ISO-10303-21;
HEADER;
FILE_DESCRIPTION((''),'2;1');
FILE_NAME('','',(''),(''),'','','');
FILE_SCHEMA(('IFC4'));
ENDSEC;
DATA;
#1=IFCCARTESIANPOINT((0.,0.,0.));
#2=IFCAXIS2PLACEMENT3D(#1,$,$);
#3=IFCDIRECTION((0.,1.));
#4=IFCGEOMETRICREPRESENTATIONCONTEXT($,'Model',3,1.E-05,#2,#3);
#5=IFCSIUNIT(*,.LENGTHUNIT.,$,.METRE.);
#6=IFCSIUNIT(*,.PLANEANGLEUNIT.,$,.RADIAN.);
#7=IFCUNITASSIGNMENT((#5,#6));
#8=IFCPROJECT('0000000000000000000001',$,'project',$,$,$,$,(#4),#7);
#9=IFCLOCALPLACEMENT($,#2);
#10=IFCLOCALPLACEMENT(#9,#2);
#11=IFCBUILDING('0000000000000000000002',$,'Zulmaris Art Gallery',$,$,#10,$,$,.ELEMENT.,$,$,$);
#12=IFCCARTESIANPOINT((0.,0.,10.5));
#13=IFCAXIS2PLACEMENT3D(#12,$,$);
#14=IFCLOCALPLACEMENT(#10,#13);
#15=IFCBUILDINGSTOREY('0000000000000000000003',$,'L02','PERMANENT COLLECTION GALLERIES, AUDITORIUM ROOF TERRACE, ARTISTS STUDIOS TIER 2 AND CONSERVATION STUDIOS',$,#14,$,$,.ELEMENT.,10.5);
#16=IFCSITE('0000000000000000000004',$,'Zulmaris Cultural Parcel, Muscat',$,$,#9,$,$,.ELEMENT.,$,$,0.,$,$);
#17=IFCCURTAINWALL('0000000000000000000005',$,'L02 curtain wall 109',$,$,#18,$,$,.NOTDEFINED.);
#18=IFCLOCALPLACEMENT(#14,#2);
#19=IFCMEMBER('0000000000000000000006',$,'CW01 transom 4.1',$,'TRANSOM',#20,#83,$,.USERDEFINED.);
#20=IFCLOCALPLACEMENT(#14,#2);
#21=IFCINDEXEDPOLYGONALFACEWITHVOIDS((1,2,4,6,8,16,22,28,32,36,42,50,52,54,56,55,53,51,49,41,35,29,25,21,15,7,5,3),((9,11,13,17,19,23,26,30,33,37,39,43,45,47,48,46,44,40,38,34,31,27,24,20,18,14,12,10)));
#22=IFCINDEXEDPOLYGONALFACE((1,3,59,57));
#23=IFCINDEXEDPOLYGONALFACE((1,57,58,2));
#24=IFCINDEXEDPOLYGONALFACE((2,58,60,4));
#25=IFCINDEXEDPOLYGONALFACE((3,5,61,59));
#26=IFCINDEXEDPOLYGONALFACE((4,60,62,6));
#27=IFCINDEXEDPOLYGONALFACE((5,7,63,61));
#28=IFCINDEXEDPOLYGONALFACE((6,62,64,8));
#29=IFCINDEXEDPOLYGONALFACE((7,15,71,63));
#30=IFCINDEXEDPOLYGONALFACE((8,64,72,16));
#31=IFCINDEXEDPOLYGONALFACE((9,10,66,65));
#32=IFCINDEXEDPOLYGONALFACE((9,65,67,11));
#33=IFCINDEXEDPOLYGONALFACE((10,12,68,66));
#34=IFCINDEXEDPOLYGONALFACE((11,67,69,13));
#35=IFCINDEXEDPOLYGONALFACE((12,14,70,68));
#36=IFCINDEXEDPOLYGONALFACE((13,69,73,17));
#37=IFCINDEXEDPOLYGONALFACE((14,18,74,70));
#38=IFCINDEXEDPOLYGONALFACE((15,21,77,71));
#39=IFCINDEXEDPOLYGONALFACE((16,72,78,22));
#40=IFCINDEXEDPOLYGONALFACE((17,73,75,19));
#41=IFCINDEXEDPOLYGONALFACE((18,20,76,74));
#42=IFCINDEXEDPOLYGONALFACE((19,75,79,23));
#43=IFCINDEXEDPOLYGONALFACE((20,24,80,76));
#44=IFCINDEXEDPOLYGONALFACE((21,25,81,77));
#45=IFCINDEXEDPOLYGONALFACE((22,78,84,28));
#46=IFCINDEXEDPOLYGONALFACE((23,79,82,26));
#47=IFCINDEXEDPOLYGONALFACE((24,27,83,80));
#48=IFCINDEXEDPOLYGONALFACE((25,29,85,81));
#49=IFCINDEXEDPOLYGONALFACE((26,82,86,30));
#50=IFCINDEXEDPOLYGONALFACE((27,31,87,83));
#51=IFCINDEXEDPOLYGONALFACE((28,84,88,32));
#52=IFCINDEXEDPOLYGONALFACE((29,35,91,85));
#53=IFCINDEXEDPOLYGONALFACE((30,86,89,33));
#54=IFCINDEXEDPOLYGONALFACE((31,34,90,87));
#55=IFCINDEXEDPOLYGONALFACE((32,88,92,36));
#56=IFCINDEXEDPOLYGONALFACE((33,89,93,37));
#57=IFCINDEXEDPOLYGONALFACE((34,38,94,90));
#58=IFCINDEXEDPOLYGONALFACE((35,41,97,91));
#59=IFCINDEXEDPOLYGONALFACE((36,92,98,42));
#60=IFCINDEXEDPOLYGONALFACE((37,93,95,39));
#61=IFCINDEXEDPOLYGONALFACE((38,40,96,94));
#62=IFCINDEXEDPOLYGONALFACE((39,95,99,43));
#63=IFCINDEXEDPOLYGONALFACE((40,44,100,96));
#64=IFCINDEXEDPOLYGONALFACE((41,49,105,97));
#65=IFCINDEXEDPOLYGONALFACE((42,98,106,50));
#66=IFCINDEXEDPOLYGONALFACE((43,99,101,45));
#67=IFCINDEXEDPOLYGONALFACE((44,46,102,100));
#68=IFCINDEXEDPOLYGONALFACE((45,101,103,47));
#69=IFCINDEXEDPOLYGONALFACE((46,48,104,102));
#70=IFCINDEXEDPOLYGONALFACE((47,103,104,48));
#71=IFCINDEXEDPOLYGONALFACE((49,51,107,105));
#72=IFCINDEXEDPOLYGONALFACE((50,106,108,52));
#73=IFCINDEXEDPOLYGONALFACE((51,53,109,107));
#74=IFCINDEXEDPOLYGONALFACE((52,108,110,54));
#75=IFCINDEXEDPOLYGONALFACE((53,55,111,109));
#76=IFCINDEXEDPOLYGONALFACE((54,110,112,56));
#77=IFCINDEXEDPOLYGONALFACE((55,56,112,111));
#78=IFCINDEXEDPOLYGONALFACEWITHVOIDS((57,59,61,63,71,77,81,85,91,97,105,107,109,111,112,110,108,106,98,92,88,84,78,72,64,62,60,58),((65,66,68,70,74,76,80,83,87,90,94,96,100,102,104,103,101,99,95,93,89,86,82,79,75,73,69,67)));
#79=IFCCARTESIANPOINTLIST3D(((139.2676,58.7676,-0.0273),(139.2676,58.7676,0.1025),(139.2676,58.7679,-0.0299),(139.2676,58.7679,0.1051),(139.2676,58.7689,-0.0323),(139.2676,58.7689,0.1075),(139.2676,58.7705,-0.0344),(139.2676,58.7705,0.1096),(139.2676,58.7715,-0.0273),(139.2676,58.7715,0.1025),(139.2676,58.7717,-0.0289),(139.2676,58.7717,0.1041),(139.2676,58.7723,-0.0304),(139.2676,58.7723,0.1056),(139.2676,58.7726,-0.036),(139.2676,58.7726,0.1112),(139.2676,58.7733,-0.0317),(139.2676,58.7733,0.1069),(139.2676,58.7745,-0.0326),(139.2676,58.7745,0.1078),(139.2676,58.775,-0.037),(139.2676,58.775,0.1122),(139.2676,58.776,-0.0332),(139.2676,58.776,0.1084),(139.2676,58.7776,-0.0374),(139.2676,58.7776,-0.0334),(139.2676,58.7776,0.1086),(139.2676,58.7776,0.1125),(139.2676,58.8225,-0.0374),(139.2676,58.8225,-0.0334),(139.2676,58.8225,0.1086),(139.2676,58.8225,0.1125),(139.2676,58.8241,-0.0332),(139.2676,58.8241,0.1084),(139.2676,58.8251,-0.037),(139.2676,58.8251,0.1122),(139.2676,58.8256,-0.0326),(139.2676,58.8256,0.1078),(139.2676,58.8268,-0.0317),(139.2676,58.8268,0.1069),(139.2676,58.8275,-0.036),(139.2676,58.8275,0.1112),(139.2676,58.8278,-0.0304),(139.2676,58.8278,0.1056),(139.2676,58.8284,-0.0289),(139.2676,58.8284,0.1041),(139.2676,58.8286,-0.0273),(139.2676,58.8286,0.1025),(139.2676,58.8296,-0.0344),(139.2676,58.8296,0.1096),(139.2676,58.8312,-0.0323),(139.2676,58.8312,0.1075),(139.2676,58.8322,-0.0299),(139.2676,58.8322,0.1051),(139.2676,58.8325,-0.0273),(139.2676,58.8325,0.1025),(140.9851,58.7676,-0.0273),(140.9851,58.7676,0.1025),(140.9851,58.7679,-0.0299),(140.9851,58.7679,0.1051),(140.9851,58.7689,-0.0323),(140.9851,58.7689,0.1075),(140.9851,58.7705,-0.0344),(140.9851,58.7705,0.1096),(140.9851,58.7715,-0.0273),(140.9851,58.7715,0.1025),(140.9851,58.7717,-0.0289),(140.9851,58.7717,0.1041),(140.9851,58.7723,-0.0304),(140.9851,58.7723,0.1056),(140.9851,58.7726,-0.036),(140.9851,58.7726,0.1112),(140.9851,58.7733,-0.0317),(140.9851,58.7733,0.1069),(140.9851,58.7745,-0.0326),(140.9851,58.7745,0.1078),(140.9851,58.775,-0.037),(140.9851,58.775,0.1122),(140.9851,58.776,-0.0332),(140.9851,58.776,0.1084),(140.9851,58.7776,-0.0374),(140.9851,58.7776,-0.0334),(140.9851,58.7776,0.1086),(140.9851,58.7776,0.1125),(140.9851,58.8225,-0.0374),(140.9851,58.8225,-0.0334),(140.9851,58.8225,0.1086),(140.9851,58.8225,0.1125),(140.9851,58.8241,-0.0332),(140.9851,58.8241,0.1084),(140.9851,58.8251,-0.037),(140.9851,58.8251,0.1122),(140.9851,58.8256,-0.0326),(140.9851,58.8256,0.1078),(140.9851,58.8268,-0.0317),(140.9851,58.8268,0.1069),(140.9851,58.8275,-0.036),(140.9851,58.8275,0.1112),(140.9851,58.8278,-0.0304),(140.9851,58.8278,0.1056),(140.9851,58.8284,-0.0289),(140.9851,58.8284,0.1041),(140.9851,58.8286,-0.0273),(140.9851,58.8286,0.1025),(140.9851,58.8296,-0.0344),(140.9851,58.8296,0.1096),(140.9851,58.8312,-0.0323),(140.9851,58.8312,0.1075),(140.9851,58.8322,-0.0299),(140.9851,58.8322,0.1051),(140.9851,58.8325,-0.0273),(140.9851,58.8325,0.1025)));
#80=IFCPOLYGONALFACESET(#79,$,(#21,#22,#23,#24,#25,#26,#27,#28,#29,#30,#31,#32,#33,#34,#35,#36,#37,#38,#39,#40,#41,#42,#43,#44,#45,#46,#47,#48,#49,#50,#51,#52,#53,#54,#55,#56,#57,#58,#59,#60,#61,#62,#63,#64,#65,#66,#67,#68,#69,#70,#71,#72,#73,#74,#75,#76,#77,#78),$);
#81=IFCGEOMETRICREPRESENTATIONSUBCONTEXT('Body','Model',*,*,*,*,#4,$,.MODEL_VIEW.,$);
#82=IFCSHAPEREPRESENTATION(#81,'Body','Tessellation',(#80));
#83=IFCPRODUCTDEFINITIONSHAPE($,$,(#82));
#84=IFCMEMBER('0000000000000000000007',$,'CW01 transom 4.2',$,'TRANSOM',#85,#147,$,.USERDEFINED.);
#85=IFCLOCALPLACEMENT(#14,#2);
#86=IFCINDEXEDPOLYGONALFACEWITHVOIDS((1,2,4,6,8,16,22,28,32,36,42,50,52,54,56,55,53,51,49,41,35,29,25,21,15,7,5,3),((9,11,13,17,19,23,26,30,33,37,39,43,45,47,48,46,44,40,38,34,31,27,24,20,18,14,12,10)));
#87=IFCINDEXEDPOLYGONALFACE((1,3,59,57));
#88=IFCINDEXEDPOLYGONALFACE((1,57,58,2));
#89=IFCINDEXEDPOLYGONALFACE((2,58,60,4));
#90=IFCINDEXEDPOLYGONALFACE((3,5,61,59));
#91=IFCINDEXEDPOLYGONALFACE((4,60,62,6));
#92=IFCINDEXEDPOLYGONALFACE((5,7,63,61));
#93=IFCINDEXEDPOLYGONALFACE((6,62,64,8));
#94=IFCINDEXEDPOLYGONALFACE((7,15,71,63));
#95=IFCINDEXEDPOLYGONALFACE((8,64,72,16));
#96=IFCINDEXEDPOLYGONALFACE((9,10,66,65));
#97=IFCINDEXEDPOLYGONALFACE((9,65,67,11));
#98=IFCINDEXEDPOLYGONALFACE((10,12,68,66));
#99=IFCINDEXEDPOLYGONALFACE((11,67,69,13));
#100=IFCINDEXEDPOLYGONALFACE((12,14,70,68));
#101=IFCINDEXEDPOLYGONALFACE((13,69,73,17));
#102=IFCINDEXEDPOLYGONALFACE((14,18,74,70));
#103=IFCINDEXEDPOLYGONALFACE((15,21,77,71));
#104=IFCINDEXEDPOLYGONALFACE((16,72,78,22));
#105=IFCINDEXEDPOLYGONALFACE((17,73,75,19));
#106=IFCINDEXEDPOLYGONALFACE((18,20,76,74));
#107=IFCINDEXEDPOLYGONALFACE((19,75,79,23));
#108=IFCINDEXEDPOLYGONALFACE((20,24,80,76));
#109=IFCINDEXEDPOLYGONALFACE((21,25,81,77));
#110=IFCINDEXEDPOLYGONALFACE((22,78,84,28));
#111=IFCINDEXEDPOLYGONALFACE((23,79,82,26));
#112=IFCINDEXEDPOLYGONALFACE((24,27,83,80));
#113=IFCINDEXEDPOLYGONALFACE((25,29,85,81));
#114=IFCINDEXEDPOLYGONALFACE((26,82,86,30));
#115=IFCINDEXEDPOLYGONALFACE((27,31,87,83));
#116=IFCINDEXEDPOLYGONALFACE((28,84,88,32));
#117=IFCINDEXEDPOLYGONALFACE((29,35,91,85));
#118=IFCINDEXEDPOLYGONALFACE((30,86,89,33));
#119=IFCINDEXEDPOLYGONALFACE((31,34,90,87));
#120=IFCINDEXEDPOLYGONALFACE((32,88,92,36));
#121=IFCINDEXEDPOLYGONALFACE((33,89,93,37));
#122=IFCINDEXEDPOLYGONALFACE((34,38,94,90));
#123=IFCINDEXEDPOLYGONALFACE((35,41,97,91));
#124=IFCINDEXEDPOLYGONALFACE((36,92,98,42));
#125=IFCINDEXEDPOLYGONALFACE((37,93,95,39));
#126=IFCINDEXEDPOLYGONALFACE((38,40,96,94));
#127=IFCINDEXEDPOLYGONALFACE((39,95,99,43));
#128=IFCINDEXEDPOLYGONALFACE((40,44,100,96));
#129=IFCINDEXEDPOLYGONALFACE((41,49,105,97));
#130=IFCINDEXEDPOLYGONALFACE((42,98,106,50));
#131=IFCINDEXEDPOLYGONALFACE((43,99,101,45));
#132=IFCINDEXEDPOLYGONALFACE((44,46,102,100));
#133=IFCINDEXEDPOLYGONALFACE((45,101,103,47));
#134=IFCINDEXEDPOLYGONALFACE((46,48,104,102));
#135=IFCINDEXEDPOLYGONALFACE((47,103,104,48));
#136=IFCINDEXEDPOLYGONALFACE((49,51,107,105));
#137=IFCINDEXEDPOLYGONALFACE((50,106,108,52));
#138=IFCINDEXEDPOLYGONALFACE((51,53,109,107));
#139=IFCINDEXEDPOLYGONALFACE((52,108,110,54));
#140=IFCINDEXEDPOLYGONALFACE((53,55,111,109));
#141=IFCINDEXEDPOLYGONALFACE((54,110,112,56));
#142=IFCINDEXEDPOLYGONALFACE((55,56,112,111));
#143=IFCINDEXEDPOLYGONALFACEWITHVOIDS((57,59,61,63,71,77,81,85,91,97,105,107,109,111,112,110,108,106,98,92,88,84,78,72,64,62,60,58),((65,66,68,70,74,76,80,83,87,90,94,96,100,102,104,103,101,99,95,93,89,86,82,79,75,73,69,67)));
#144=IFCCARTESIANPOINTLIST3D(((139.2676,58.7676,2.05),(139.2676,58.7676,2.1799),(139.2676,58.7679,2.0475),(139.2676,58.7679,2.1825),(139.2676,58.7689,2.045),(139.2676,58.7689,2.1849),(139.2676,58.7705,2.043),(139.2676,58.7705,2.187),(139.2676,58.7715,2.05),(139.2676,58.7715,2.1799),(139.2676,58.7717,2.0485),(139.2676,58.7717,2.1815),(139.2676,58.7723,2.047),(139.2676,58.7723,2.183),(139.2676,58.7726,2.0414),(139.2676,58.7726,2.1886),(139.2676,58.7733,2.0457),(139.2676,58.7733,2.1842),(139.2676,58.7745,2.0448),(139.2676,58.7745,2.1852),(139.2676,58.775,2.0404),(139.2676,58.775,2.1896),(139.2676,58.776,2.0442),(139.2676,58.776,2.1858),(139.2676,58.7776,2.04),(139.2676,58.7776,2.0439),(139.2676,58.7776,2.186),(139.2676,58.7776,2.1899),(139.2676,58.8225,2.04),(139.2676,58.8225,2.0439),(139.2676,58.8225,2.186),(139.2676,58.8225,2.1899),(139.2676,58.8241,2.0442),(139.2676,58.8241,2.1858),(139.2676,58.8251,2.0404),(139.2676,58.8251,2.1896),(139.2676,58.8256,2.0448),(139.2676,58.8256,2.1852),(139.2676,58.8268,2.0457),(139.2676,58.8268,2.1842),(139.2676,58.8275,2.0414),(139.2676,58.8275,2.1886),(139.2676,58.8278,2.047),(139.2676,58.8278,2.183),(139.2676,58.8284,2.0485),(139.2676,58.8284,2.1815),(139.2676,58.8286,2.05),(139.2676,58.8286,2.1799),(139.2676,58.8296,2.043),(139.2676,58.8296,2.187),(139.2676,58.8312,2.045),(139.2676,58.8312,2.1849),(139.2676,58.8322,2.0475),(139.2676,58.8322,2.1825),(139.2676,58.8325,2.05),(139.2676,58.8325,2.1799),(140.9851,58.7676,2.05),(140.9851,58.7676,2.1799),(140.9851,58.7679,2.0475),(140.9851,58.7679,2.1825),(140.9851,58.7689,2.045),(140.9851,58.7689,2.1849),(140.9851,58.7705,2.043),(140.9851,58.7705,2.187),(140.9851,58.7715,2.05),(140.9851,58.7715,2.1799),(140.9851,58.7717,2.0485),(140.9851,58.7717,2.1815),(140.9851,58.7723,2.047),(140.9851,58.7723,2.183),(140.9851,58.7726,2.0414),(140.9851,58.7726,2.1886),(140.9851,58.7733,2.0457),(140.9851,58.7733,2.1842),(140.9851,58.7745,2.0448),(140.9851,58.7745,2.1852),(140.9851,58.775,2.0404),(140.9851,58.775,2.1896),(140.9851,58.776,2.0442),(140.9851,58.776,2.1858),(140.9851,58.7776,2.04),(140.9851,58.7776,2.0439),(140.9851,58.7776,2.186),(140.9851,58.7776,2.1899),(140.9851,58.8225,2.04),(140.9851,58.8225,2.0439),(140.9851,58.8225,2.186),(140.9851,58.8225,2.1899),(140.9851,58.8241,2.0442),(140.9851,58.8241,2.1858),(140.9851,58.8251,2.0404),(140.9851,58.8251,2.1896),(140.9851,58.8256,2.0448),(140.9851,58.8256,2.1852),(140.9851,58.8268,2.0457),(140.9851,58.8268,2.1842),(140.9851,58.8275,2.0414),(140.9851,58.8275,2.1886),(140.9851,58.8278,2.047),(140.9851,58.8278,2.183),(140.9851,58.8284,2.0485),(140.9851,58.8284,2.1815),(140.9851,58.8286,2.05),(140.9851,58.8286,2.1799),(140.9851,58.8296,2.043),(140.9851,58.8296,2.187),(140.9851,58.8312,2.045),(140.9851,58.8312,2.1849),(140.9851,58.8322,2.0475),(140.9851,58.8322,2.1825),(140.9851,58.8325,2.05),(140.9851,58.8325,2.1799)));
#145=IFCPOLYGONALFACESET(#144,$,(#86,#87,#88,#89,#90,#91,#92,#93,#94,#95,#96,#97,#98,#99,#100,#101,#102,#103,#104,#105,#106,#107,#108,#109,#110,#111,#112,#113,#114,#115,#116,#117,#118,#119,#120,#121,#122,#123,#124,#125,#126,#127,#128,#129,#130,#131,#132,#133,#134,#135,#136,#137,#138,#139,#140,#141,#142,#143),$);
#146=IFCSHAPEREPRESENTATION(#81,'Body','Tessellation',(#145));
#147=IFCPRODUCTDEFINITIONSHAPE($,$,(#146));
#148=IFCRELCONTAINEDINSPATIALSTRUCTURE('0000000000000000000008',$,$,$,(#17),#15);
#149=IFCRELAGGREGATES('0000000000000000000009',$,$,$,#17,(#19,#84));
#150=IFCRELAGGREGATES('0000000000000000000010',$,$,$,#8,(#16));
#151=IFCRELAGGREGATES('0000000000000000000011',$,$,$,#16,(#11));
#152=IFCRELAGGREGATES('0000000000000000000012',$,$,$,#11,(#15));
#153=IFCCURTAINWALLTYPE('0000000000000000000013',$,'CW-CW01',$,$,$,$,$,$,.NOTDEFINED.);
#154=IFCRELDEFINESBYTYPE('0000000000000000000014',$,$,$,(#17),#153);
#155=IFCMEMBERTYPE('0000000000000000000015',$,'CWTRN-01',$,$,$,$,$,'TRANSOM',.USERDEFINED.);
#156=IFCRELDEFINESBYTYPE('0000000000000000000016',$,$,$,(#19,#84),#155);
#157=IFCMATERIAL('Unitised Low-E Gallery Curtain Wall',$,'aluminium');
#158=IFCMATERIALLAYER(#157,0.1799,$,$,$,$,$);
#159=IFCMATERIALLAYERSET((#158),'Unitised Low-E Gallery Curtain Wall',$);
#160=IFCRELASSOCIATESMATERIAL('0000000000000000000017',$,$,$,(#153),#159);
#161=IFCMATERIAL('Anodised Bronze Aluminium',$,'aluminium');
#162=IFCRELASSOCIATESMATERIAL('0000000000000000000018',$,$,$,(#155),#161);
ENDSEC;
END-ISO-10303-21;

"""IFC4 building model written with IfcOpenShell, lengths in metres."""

from ifc_helpers import new_model, si_unit, direction, frame, origin, origin_2d, place, context, subcontext, project, spatial, hollow_rectangle, extrude, material, layer, layer_set, material_profile, profile_set, type_object, element, aggregate, save


model = new_model("IFC4")

# Units and contexts
model_context = context("Model", 3, precision=1e-05, world=origin(), true_north=direction((0.0, 1.0)))
body_context = subcontext(model_context, "Body", "Model", "MODEL_VIEW")
ifc_project = project(units=[si_unit("LENGTHUNIT", "METRE"), si_unit("PLANEANGLEUNIT", "RADIAN")], contexts=[model_context])

# Site, building, storey
site_placement = place(None, origin())
site = spatial("IfcSite", under=ifc_project, at=site_placement, Name="Zulmaris Cultural Parcel, Muscat", CompositionType="ELEMENT", RefElevation=0.0)
building_placement = place(site_placement, origin())
building = spatial("IfcBuilding", under=site, at=building_placement, Name="Zulmaris Art Gallery", CompositionType="ELEMENT")
storey_placement = place(building_placement, frame((0.0, 0.0, 10.5)))
storey = spatial("IfcBuildingStorey", under=building, at=storey_placement, Name="L02", Description="PERMANENT COLLECTION GALLERIES, AUDITORIUM ROOF TERRACE, ARTISTS STUDIOS TIER 2 AND CONSERVATION STUDIOS", CompositionType="ELEMENT", Elevation=10.5)

# Curtain wall, members
ifc_material_1 = material(Name="Unitised Low-E Gallery Curtain Wall", Category="aluminium")
ifc_layer_1 = layer(ifc_material_1, 0.1799)
ifc_layer_set_1 = layer_set([ifc_layer_1], Name="Unitised Low-E Gallery Curtain Wall")
curtain_wall_type = type_object("IfcCurtainWallType", Name="CW-CW01", PredefinedType="NOTDEFINED", material=ifc_layer_set_1)
curtain_wall_placement = place(storey_placement, origin())
curtain_wall = element("IfcCurtainWall", 1, at=curtain_wall_placement, inside=storey, type_object=curtain_wall_type, Name="L02 curtain wall 109", PredefinedType="NOTDEFINED")
ifc_material_2 = material(Name="Anodised Bronze Aluminium", Category="aluminium")
ifc_material_profile_1 = material_profile(ifc_material_2, hollow_rectangle(XDim=0.0649, YDim=0.1499, WallThickness=0.0039, InnerFilletRadius=0.0061, OuterFilletRadius=0.01, at=origin_2d()), Name="ALU 65x150x4")
ifc_profile_set_1 = profile_set([ifc_material_profile_1], Name="Anodised Bronze Aluminium")
member_type_1 = type_object("IfcMemberType", Name="CWTRN-01", ElementType="TRANSOM", PredefinedType="USERDEFINED", material=ifc_profile_set_1)
member_1_placement = place(storey_placement, frame((139.2676, 58.8, 0.0376), z_axis=(1.0, 0.0, 0.0), x_axis=(0.0, 1.0, 0.0)))
member_1 = element("IfcMember", 2, at=member_1_placement, type_object=member_type_1, Name="CW01 transom 4.1", ObjectType="TRANSOM", PredefinedType="USERDEFINED", context=body_context, shape_type="SweptSolid", body=[
    extrude(hollow_rectangle(XDim=0.0649, YDim=0.1499, WallThickness=0.0039, InnerFilletRadius=0.0061, OuterFilletRadius=0.01, at=origin_2d()), origin(), (0.0, 0.0, 1.0), 1.7175),
])
member_2_placement = place(storey_placement, frame((139.2676, 58.8, 2.115), z_axis=(1.0, 0.0, 0.0), x_axis=(0.0, 1.0, 0.0)))
member_2 = element("IfcMember", 3, at=member_2_placement, type_object=member_type_1, Name="CW01 transom 4.2", ObjectType="TRANSOM", PredefinedType="USERDEFINED", context=body_context, shape_type="SweptSolid", body=[
    extrude(hollow_rectangle(XDim=0.0649, YDim=0.1499, WallThickness=0.0039, InnerFilletRadius=0.0061, OuterFilletRadius=0.01, at=origin_2d()), origin(), (0.0, 0.0, 1.0), 1.7175),
])
aggregate(curtain_wall, [member_1, member_2])

save(model, "model.ifc")
